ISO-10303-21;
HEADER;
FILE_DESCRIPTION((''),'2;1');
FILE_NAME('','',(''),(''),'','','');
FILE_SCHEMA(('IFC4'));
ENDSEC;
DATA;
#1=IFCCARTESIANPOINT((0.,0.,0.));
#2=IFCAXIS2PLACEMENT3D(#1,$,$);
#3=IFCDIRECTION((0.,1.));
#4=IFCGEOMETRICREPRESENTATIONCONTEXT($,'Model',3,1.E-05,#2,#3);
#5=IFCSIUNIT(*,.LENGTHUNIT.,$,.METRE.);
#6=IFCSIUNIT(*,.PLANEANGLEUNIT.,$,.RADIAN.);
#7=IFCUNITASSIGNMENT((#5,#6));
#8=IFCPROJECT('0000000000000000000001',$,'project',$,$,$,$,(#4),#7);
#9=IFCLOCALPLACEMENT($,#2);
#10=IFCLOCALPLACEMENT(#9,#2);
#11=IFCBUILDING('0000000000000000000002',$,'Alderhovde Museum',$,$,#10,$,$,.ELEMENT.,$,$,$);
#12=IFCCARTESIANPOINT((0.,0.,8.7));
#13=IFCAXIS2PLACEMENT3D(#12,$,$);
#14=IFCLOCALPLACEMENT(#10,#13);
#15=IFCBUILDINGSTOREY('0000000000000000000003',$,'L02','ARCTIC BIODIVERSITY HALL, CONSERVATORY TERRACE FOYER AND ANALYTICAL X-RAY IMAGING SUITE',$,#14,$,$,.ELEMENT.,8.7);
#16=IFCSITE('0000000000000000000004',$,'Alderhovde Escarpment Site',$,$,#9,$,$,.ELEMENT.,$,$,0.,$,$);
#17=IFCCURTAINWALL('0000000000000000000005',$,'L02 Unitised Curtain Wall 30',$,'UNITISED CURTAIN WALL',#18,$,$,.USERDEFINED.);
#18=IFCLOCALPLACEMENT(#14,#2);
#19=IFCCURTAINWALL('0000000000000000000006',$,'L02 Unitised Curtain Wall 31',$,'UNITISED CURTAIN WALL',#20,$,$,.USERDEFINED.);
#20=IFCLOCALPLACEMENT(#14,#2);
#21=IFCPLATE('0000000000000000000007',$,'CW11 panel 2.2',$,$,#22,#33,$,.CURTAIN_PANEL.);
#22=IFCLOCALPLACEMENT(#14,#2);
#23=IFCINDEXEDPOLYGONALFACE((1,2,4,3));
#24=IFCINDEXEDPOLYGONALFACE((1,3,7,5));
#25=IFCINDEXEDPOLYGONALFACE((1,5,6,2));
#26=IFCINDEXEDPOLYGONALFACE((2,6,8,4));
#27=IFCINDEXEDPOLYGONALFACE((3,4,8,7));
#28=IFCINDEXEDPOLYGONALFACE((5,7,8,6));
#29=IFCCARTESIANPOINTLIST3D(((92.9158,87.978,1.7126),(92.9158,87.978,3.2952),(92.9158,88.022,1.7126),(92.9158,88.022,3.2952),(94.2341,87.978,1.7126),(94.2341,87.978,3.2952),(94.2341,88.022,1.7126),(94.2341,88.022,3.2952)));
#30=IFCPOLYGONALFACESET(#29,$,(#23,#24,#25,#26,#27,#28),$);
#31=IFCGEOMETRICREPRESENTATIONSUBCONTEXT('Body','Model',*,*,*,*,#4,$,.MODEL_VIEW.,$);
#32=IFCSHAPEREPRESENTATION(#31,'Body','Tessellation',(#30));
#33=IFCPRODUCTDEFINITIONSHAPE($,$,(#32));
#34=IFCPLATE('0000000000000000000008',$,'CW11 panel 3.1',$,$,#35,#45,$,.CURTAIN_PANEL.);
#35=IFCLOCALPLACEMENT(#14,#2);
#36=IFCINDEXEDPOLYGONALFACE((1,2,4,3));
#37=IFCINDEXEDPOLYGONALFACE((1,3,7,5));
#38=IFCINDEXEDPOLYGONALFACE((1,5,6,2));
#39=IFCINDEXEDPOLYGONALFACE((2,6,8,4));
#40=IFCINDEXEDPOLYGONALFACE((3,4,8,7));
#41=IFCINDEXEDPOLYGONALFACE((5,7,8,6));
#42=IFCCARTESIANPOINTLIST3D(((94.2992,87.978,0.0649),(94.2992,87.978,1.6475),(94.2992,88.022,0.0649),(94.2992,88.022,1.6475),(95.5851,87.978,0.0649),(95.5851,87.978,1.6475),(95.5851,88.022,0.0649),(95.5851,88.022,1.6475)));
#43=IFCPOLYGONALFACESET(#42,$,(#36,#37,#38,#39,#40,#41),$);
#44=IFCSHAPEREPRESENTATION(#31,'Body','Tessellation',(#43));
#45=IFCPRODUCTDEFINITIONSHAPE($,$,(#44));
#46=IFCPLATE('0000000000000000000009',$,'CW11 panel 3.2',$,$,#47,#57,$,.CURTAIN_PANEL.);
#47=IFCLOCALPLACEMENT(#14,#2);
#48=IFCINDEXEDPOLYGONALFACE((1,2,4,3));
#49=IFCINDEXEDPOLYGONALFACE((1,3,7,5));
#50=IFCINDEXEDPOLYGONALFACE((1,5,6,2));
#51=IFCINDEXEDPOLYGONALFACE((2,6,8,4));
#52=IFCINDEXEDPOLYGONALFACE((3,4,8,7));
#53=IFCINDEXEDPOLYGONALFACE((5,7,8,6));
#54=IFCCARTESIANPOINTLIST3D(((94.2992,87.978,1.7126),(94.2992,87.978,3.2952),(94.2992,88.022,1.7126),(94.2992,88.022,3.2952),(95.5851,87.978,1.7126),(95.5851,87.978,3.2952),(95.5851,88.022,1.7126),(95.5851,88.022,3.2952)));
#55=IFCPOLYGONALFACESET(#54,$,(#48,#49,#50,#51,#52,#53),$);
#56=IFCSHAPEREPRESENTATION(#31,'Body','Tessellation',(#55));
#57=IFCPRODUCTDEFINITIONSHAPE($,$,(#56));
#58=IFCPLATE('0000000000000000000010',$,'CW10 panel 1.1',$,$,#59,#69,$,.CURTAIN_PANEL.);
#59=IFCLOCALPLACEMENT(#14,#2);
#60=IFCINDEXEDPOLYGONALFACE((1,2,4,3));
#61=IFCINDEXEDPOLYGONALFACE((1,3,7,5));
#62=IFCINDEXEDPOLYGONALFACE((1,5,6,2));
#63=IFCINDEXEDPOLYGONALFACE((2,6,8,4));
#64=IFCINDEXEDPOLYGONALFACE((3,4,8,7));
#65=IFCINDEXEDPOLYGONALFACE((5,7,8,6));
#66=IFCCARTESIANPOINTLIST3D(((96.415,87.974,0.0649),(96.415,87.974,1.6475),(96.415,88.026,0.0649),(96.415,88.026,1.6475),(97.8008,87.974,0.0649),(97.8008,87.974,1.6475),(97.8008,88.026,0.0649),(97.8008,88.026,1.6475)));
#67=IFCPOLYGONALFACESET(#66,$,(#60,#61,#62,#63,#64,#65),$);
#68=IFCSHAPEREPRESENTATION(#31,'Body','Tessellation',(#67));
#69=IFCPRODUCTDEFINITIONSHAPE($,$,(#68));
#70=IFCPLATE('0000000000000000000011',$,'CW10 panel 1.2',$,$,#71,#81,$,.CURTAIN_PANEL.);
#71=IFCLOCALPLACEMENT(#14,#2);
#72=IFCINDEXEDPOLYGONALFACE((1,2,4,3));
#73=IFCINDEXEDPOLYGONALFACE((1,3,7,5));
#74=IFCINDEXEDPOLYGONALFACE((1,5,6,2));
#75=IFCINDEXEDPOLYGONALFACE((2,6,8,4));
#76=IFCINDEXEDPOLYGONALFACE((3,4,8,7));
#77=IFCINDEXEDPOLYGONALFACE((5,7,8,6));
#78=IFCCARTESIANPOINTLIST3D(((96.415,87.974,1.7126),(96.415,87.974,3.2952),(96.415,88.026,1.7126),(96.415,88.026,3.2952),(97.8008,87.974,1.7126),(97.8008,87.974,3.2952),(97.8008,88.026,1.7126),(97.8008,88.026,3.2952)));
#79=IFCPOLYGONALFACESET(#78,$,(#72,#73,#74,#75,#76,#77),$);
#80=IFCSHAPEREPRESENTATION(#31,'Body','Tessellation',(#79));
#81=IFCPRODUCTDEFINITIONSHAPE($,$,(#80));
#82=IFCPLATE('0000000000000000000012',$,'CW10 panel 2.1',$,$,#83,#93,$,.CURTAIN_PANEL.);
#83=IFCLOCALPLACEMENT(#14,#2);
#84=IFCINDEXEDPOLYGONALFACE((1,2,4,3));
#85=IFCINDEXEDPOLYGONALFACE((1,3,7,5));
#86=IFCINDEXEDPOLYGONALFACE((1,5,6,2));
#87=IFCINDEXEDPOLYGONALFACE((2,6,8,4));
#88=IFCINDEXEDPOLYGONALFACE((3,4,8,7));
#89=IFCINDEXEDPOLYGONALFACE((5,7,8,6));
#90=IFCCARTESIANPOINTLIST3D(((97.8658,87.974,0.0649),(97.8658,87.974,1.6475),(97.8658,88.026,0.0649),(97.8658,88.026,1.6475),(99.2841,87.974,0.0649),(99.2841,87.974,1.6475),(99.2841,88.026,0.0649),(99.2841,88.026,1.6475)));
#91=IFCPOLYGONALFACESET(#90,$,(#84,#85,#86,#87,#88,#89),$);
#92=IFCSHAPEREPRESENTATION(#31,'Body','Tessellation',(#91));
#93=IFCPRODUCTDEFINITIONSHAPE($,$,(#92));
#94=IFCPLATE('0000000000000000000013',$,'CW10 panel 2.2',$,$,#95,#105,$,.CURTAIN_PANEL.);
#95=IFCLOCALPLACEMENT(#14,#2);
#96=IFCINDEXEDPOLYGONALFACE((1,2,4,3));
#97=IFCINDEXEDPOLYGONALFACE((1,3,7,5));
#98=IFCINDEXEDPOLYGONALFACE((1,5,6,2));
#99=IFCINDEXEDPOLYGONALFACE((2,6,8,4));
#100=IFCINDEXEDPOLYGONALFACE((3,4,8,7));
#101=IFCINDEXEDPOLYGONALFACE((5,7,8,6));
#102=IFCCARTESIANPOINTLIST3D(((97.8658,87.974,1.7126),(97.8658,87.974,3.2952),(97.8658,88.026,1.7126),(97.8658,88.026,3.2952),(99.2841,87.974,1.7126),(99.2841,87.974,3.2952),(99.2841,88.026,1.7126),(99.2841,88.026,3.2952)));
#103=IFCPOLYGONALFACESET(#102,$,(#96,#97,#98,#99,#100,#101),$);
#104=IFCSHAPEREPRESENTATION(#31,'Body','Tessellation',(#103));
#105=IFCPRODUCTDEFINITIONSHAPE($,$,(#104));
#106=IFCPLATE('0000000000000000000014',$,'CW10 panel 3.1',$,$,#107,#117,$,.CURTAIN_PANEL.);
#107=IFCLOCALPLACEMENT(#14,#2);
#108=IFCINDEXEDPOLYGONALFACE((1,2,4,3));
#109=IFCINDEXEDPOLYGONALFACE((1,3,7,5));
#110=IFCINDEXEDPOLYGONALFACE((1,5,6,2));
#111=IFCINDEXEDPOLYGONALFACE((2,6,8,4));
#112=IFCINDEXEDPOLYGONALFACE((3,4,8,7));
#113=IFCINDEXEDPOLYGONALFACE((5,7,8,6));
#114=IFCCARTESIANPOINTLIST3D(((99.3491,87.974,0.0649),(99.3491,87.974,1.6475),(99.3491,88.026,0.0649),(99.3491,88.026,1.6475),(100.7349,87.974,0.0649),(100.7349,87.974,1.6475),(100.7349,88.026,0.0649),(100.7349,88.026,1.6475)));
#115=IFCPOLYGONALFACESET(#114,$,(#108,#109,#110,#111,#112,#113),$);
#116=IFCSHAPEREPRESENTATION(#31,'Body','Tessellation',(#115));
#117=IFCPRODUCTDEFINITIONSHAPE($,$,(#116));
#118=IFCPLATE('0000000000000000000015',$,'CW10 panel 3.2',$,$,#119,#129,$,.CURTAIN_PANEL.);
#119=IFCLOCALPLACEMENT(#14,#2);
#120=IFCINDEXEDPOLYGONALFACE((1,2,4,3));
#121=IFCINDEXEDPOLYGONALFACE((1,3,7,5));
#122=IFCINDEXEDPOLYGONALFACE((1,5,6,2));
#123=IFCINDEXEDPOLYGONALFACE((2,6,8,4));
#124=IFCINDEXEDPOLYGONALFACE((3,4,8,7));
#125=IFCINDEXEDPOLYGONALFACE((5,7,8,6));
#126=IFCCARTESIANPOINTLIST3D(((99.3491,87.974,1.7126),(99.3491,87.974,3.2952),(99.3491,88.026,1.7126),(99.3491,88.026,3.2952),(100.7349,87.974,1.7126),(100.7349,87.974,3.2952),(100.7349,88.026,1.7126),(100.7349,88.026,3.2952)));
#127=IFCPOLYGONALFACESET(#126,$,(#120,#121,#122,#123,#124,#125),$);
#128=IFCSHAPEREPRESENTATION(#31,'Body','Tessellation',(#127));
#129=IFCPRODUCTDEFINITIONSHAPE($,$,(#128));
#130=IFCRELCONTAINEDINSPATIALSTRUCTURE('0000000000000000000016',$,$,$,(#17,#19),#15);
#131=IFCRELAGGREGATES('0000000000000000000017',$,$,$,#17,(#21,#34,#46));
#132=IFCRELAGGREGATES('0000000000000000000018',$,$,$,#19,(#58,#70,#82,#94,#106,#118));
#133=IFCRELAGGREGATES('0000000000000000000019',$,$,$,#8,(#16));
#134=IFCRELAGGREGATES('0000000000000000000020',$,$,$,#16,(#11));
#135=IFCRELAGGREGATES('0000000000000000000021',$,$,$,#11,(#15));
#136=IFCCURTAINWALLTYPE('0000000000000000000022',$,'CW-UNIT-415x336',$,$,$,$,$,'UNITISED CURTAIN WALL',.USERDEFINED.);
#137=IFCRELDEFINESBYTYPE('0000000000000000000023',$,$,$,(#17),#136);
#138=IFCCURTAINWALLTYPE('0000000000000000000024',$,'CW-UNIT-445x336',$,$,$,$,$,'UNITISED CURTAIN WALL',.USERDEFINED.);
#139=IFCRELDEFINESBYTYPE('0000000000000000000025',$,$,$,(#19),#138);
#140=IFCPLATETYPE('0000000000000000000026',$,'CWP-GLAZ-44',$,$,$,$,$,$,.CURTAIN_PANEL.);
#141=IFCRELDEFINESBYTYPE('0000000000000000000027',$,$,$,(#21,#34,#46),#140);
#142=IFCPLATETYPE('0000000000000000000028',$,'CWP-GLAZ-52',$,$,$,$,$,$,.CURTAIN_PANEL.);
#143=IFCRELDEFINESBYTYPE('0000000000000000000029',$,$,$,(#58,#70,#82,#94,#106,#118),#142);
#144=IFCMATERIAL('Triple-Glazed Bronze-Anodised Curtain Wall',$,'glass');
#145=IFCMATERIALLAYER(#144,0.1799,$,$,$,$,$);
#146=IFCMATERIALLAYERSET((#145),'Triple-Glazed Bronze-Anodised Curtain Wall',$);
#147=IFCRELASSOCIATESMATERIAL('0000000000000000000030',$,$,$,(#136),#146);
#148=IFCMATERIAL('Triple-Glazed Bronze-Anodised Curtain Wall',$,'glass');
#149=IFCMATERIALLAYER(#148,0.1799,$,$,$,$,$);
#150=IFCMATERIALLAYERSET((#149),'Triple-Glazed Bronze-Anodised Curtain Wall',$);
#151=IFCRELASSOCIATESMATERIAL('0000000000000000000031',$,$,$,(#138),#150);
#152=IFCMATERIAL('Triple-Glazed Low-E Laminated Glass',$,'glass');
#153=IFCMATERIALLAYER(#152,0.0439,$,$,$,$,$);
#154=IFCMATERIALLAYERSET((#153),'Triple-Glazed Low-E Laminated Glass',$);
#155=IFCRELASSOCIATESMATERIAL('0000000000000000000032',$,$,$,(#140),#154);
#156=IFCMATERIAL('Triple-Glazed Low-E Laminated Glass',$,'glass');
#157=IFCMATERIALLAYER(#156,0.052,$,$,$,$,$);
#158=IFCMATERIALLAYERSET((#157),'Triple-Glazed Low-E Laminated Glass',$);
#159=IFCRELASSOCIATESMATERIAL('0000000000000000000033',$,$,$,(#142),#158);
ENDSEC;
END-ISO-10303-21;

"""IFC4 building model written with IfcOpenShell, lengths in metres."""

from ifc_helpers import new_model, si_unit, direction, frame, origin, origin_2d, place, context, subcontext, project, spatial, rectangle, extrude, material, layer, layer_set, type_object, element, aggregate, save


model = new_model("IFC4")

# Units and contexts
model_context = context("Model", 3, precision=1e-05, world=origin(), true_north=direction((0.0, 1.0)))
body_context = subcontext(model_context, "Body", "Model", "MODEL_VIEW")
ifc_project = project(units=[si_unit("LENGTHUNIT", "METRE"), si_unit("PLANEANGLEUNIT", "RADIAN")], contexts=[model_context])

# Site, building, storey
site_placement = place(None, origin())
site = spatial("IfcSite", under=ifc_project, at=site_placement, Name="Alderhovde Escarpment Site", CompositionType="ELEMENT", RefElevation=0.0)
building_placement = place(site_placement, origin())
building = spatial("IfcBuilding", under=site, at=building_placement, Name="Alderhovde Museum", CompositionType="ELEMENT")
storey_placement = place(building_placement, frame((0.0, 0.0, 8.7)))
storey = spatial("IfcBuildingStorey", under=building, at=storey_placement, Name="L02", Description="ARCTIC BIODIVERSITY HALL, CONSERVATORY TERRACE FOYER AND ANALYTICAL X-RAY IMAGING SUITE", CompositionType="ELEMENT", Elevation=8.7)

# Curtain walls
ifc_material_1 = material(Name="Triple-Glazed Bronze-Anodised Curtain Wall", Category="glass")
ifc_layer_1 = layer(ifc_material_1, 0.1799)
ifc_layer_set_1 = layer_set([ifc_layer_1], Name="Triple-Glazed Bronze-Anodised Curtain Wall")
curtain_wall_type_1 = type_object("IfcCurtainWallType", Name="CW-UNIT-415x336", ElementType="UNITISED CURTAIN WALL", PredefinedType="USERDEFINED", material=ifc_layer_set_1)
curtain_wall_1_placement = place(storey_placement, origin())
curtain_wall_1 = element("IfcCurtainWall", 1, at=curtain_wall_1_placement, inside=storey, type_object=curtain_wall_type_1, Name="L02 Unitised Curtain Wall 30", ObjectType="UNITISED CURTAIN WALL", PredefinedType="USERDEFINED")
ifc_material_2 = material(Name="Triple-Glazed Bronze-Anodised Curtain Wall", Category="glass")
ifc_layer_2 = layer(ifc_material_2, 0.1799)
ifc_layer_set_2 = layer_set([ifc_layer_2], Name="Triple-Glazed Bronze-Anodised Curtain Wall")
curtain_wall_type_2 = type_object("IfcCurtainWallType", Name="CW-UNIT-445x336", ElementType="UNITISED CURTAIN WALL", PredefinedType="USERDEFINED", material=ifc_layer_set_2)
curtain_wall_2_placement = place(storey_placement, origin())
curtain_wall_2 = element("IfcCurtainWall", 2, at=curtain_wall_2_placement, inside=storey, type_object=curtain_wall_type_2, Name="L02 Unitised Curtain Wall 31", ObjectType="UNITISED CURTAIN WALL", PredefinedType="USERDEFINED")

# Plates
ifc_material_3 = material(Name="Triple-Glazed Low-E Laminated Glass", Category="glass")
ifc_layer_3 = layer(ifc_material_3, 0.0439)
ifc_layer_set_3 = layer_set([ifc_layer_3], Name="Triple-Glazed Low-E Laminated Glass")
plate_type_1 = type_object("IfcPlateType", Name="CWP-GLAZ-44", PredefinedType="CURTAIN_PANEL", material=ifc_layer_set_3)
plate_1_placement = place(storey_placement, frame((93.575, 88.0, 1.7126), z_axis=(0.0, 0.0, 1.0), x_axis=(1.0, 0.0, 0.0)))
plate_1 = element("IfcPlate", 3, at=plate_1_placement, type_object=plate_type_1, Name="CW11 panel 2.2", PredefinedType="CURTAIN_PANEL", context=body_context, shape_type="SweptSolid", body=[
    extrude(rectangle(XDim=1.3184, YDim=0.0439, at=origin_2d()), origin(), (0.0, 0.0, 1.0), 1.5825),
])
plate_2_placement = place(storey_placement, frame((94.9421, 88.0, 0.0649), z_axis=(0.0, 0.0, 1.0), x_axis=(1.0, 0.0, 0.0)))
plate_2 = element("IfcPlate", 4, at=plate_2_placement, type_object=plate_type_1, Name="CW11 panel 3.1", PredefinedType="CURTAIN_PANEL", context=body_context, shape_type="SweptSolid", body=[
    extrude(rectangle(XDim=1.2859, YDim=0.0439, at=origin_2d()), origin(), (0.0, 0.0, 1.0), 1.5825),
])
plate_3_placement = place(storey_placement, frame((94.9421, 88.0, 1.7126), z_axis=(0.0, 0.0, 1.0), x_axis=(1.0, 0.0, 0.0)))
plate_3 = element("IfcPlate", 5, at=plate_3_placement, type_object=plate_type_1, Name="CW11 panel 3.2", PredefinedType="CURTAIN_PANEL", context=body_context, shape_type="SweptSolid", body=[
    extrude(rectangle(XDim=1.2859, YDim=0.0439, at=origin_2d()), origin(), (0.0, 0.0, 1.0), 1.5825),
])
aggregate(curtain_wall_1, [plate_1, plate_2, plate_3])
ifc_material_4 = material(Name="Triple-Glazed Low-E Laminated Glass", Category="glass")
ifc_layer_4 = layer(ifc_material_4, 0.052)
ifc_layer_set_4 = layer_set([ifc_layer_4], Name="Triple-Glazed Low-E Laminated Glass")
plate_type_2 = type_object("IfcPlateType", Name="CWP-GLAZ-52", PredefinedType="CURTAIN_PANEL", material=ifc_layer_set_4)
plate_4_placement = place(storey_placement, frame((97.1079, 88.0, 0.0649), z_axis=(0.0, 0.0, 1.0), x_axis=(1.0, 0.0, 0.0)))
plate_4 = element("IfcPlate", 6, at=plate_4_placement, type_object=plate_type_2, Name="CW10 panel 1.1", PredefinedType="CURTAIN_PANEL", context=body_context, shape_type="SweptSolid", body=[
    extrude(rectangle(XDim=1.3857, YDim=0.052, at=origin_2d()), origin(), (0.0, 0.0, 1.0), 1.5825),
])
plate_5_placement = place(storey_placement, frame((97.1079, 88.0, 1.7126), z_axis=(0.0, 0.0, 1.0), x_axis=(1.0, 0.0, 0.0)))
plate_5 = element("IfcPlate", 7, at=plate_5_placement, type_object=plate_type_2, Name="CW10 panel 1.2", PredefinedType="CURTAIN_PANEL", context=body_context, shape_type="SweptSolid", body=[
    extrude(rectangle(XDim=1.3857, YDim=0.052, at=origin_2d()), origin(), (0.0, 0.0, 1.0), 1.5825),
])
plate_6_placement = place(storey_placement, frame((98.575, 88.0, 0.0649), z_axis=(0.0, 0.0, 1.0), x_axis=(1.0, 0.0, 0.0)))
plate_6 = element("IfcPlate", 8, at=plate_6_placement, type_object=plate_type_2, Name="CW10 panel 2.1", PredefinedType="CURTAIN_PANEL", context=body_context, shape_type="SweptSolid", body=[
    extrude(rectangle(XDim=1.4182, YDim=0.052, at=origin_2d()), origin(), (0.0, 0.0, 1.0), 1.5825),
])
plate_7_placement = place(storey_placement, frame((98.575, 88.0, 1.7126), z_axis=(0.0, 0.0, 1.0), x_axis=(1.0, 0.0, 0.0)))
plate_7 = element("IfcPlate", 9, at=plate_7_placement, type_object=plate_type_2, Name="CW10 panel 2.2", PredefinedType="CURTAIN_PANEL", context=body_context, shape_type="SweptSolid", body=[
    extrude(rectangle(XDim=1.4182, YDim=0.052, at=origin_2d()), origin(), (0.0, 0.0, 1.0), 1.5825),
])
plate_8_placement = place(storey_placement, frame((100.042, 88.0, 0.0649), z_axis=(0.0, 0.0, 1.0), x_axis=(1.0, 0.0, 0.0)))
plate_8 = element("IfcPlate", 10, at=plate_8_placement, type_object=plate_type_2, Name="CW10 panel 3.1", PredefinedType="CURTAIN_PANEL", context=body_context, shape_type="SweptSolid", body=[
    extrude(rectangle(XDim=1.3857, YDim=0.052, at=origin_2d()), origin(), (0.0, 0.0, 1.0), 1.5825),
])
plate_9_placement = place(storey_placement, frame((100.042, 88.0, 1.7126), z_axis=(0.0, 0.0, 1.0), x_axis=(1.0, 0.0, 0.0)))
plate_9 = element("IfcPlate", 11, at=plate_9_placement, type_object=plate_type_2, Name="CW10 panel 3.2", PredefinedType="CURTAIN_PANEL", context=body_context, shape_type="SweptSolid", body=[
    extrude(rectangle(XDim=1.3857, YDim=0.052, at=origin_2d()), origin(), (0.0, 0.0, 1.0), 1.5825),
])
aggregate(curtain_wall_2, [plate_4, plate_5, plate_6, plate_7, plate_8, plate_9])

save(model, "model.ifc")
